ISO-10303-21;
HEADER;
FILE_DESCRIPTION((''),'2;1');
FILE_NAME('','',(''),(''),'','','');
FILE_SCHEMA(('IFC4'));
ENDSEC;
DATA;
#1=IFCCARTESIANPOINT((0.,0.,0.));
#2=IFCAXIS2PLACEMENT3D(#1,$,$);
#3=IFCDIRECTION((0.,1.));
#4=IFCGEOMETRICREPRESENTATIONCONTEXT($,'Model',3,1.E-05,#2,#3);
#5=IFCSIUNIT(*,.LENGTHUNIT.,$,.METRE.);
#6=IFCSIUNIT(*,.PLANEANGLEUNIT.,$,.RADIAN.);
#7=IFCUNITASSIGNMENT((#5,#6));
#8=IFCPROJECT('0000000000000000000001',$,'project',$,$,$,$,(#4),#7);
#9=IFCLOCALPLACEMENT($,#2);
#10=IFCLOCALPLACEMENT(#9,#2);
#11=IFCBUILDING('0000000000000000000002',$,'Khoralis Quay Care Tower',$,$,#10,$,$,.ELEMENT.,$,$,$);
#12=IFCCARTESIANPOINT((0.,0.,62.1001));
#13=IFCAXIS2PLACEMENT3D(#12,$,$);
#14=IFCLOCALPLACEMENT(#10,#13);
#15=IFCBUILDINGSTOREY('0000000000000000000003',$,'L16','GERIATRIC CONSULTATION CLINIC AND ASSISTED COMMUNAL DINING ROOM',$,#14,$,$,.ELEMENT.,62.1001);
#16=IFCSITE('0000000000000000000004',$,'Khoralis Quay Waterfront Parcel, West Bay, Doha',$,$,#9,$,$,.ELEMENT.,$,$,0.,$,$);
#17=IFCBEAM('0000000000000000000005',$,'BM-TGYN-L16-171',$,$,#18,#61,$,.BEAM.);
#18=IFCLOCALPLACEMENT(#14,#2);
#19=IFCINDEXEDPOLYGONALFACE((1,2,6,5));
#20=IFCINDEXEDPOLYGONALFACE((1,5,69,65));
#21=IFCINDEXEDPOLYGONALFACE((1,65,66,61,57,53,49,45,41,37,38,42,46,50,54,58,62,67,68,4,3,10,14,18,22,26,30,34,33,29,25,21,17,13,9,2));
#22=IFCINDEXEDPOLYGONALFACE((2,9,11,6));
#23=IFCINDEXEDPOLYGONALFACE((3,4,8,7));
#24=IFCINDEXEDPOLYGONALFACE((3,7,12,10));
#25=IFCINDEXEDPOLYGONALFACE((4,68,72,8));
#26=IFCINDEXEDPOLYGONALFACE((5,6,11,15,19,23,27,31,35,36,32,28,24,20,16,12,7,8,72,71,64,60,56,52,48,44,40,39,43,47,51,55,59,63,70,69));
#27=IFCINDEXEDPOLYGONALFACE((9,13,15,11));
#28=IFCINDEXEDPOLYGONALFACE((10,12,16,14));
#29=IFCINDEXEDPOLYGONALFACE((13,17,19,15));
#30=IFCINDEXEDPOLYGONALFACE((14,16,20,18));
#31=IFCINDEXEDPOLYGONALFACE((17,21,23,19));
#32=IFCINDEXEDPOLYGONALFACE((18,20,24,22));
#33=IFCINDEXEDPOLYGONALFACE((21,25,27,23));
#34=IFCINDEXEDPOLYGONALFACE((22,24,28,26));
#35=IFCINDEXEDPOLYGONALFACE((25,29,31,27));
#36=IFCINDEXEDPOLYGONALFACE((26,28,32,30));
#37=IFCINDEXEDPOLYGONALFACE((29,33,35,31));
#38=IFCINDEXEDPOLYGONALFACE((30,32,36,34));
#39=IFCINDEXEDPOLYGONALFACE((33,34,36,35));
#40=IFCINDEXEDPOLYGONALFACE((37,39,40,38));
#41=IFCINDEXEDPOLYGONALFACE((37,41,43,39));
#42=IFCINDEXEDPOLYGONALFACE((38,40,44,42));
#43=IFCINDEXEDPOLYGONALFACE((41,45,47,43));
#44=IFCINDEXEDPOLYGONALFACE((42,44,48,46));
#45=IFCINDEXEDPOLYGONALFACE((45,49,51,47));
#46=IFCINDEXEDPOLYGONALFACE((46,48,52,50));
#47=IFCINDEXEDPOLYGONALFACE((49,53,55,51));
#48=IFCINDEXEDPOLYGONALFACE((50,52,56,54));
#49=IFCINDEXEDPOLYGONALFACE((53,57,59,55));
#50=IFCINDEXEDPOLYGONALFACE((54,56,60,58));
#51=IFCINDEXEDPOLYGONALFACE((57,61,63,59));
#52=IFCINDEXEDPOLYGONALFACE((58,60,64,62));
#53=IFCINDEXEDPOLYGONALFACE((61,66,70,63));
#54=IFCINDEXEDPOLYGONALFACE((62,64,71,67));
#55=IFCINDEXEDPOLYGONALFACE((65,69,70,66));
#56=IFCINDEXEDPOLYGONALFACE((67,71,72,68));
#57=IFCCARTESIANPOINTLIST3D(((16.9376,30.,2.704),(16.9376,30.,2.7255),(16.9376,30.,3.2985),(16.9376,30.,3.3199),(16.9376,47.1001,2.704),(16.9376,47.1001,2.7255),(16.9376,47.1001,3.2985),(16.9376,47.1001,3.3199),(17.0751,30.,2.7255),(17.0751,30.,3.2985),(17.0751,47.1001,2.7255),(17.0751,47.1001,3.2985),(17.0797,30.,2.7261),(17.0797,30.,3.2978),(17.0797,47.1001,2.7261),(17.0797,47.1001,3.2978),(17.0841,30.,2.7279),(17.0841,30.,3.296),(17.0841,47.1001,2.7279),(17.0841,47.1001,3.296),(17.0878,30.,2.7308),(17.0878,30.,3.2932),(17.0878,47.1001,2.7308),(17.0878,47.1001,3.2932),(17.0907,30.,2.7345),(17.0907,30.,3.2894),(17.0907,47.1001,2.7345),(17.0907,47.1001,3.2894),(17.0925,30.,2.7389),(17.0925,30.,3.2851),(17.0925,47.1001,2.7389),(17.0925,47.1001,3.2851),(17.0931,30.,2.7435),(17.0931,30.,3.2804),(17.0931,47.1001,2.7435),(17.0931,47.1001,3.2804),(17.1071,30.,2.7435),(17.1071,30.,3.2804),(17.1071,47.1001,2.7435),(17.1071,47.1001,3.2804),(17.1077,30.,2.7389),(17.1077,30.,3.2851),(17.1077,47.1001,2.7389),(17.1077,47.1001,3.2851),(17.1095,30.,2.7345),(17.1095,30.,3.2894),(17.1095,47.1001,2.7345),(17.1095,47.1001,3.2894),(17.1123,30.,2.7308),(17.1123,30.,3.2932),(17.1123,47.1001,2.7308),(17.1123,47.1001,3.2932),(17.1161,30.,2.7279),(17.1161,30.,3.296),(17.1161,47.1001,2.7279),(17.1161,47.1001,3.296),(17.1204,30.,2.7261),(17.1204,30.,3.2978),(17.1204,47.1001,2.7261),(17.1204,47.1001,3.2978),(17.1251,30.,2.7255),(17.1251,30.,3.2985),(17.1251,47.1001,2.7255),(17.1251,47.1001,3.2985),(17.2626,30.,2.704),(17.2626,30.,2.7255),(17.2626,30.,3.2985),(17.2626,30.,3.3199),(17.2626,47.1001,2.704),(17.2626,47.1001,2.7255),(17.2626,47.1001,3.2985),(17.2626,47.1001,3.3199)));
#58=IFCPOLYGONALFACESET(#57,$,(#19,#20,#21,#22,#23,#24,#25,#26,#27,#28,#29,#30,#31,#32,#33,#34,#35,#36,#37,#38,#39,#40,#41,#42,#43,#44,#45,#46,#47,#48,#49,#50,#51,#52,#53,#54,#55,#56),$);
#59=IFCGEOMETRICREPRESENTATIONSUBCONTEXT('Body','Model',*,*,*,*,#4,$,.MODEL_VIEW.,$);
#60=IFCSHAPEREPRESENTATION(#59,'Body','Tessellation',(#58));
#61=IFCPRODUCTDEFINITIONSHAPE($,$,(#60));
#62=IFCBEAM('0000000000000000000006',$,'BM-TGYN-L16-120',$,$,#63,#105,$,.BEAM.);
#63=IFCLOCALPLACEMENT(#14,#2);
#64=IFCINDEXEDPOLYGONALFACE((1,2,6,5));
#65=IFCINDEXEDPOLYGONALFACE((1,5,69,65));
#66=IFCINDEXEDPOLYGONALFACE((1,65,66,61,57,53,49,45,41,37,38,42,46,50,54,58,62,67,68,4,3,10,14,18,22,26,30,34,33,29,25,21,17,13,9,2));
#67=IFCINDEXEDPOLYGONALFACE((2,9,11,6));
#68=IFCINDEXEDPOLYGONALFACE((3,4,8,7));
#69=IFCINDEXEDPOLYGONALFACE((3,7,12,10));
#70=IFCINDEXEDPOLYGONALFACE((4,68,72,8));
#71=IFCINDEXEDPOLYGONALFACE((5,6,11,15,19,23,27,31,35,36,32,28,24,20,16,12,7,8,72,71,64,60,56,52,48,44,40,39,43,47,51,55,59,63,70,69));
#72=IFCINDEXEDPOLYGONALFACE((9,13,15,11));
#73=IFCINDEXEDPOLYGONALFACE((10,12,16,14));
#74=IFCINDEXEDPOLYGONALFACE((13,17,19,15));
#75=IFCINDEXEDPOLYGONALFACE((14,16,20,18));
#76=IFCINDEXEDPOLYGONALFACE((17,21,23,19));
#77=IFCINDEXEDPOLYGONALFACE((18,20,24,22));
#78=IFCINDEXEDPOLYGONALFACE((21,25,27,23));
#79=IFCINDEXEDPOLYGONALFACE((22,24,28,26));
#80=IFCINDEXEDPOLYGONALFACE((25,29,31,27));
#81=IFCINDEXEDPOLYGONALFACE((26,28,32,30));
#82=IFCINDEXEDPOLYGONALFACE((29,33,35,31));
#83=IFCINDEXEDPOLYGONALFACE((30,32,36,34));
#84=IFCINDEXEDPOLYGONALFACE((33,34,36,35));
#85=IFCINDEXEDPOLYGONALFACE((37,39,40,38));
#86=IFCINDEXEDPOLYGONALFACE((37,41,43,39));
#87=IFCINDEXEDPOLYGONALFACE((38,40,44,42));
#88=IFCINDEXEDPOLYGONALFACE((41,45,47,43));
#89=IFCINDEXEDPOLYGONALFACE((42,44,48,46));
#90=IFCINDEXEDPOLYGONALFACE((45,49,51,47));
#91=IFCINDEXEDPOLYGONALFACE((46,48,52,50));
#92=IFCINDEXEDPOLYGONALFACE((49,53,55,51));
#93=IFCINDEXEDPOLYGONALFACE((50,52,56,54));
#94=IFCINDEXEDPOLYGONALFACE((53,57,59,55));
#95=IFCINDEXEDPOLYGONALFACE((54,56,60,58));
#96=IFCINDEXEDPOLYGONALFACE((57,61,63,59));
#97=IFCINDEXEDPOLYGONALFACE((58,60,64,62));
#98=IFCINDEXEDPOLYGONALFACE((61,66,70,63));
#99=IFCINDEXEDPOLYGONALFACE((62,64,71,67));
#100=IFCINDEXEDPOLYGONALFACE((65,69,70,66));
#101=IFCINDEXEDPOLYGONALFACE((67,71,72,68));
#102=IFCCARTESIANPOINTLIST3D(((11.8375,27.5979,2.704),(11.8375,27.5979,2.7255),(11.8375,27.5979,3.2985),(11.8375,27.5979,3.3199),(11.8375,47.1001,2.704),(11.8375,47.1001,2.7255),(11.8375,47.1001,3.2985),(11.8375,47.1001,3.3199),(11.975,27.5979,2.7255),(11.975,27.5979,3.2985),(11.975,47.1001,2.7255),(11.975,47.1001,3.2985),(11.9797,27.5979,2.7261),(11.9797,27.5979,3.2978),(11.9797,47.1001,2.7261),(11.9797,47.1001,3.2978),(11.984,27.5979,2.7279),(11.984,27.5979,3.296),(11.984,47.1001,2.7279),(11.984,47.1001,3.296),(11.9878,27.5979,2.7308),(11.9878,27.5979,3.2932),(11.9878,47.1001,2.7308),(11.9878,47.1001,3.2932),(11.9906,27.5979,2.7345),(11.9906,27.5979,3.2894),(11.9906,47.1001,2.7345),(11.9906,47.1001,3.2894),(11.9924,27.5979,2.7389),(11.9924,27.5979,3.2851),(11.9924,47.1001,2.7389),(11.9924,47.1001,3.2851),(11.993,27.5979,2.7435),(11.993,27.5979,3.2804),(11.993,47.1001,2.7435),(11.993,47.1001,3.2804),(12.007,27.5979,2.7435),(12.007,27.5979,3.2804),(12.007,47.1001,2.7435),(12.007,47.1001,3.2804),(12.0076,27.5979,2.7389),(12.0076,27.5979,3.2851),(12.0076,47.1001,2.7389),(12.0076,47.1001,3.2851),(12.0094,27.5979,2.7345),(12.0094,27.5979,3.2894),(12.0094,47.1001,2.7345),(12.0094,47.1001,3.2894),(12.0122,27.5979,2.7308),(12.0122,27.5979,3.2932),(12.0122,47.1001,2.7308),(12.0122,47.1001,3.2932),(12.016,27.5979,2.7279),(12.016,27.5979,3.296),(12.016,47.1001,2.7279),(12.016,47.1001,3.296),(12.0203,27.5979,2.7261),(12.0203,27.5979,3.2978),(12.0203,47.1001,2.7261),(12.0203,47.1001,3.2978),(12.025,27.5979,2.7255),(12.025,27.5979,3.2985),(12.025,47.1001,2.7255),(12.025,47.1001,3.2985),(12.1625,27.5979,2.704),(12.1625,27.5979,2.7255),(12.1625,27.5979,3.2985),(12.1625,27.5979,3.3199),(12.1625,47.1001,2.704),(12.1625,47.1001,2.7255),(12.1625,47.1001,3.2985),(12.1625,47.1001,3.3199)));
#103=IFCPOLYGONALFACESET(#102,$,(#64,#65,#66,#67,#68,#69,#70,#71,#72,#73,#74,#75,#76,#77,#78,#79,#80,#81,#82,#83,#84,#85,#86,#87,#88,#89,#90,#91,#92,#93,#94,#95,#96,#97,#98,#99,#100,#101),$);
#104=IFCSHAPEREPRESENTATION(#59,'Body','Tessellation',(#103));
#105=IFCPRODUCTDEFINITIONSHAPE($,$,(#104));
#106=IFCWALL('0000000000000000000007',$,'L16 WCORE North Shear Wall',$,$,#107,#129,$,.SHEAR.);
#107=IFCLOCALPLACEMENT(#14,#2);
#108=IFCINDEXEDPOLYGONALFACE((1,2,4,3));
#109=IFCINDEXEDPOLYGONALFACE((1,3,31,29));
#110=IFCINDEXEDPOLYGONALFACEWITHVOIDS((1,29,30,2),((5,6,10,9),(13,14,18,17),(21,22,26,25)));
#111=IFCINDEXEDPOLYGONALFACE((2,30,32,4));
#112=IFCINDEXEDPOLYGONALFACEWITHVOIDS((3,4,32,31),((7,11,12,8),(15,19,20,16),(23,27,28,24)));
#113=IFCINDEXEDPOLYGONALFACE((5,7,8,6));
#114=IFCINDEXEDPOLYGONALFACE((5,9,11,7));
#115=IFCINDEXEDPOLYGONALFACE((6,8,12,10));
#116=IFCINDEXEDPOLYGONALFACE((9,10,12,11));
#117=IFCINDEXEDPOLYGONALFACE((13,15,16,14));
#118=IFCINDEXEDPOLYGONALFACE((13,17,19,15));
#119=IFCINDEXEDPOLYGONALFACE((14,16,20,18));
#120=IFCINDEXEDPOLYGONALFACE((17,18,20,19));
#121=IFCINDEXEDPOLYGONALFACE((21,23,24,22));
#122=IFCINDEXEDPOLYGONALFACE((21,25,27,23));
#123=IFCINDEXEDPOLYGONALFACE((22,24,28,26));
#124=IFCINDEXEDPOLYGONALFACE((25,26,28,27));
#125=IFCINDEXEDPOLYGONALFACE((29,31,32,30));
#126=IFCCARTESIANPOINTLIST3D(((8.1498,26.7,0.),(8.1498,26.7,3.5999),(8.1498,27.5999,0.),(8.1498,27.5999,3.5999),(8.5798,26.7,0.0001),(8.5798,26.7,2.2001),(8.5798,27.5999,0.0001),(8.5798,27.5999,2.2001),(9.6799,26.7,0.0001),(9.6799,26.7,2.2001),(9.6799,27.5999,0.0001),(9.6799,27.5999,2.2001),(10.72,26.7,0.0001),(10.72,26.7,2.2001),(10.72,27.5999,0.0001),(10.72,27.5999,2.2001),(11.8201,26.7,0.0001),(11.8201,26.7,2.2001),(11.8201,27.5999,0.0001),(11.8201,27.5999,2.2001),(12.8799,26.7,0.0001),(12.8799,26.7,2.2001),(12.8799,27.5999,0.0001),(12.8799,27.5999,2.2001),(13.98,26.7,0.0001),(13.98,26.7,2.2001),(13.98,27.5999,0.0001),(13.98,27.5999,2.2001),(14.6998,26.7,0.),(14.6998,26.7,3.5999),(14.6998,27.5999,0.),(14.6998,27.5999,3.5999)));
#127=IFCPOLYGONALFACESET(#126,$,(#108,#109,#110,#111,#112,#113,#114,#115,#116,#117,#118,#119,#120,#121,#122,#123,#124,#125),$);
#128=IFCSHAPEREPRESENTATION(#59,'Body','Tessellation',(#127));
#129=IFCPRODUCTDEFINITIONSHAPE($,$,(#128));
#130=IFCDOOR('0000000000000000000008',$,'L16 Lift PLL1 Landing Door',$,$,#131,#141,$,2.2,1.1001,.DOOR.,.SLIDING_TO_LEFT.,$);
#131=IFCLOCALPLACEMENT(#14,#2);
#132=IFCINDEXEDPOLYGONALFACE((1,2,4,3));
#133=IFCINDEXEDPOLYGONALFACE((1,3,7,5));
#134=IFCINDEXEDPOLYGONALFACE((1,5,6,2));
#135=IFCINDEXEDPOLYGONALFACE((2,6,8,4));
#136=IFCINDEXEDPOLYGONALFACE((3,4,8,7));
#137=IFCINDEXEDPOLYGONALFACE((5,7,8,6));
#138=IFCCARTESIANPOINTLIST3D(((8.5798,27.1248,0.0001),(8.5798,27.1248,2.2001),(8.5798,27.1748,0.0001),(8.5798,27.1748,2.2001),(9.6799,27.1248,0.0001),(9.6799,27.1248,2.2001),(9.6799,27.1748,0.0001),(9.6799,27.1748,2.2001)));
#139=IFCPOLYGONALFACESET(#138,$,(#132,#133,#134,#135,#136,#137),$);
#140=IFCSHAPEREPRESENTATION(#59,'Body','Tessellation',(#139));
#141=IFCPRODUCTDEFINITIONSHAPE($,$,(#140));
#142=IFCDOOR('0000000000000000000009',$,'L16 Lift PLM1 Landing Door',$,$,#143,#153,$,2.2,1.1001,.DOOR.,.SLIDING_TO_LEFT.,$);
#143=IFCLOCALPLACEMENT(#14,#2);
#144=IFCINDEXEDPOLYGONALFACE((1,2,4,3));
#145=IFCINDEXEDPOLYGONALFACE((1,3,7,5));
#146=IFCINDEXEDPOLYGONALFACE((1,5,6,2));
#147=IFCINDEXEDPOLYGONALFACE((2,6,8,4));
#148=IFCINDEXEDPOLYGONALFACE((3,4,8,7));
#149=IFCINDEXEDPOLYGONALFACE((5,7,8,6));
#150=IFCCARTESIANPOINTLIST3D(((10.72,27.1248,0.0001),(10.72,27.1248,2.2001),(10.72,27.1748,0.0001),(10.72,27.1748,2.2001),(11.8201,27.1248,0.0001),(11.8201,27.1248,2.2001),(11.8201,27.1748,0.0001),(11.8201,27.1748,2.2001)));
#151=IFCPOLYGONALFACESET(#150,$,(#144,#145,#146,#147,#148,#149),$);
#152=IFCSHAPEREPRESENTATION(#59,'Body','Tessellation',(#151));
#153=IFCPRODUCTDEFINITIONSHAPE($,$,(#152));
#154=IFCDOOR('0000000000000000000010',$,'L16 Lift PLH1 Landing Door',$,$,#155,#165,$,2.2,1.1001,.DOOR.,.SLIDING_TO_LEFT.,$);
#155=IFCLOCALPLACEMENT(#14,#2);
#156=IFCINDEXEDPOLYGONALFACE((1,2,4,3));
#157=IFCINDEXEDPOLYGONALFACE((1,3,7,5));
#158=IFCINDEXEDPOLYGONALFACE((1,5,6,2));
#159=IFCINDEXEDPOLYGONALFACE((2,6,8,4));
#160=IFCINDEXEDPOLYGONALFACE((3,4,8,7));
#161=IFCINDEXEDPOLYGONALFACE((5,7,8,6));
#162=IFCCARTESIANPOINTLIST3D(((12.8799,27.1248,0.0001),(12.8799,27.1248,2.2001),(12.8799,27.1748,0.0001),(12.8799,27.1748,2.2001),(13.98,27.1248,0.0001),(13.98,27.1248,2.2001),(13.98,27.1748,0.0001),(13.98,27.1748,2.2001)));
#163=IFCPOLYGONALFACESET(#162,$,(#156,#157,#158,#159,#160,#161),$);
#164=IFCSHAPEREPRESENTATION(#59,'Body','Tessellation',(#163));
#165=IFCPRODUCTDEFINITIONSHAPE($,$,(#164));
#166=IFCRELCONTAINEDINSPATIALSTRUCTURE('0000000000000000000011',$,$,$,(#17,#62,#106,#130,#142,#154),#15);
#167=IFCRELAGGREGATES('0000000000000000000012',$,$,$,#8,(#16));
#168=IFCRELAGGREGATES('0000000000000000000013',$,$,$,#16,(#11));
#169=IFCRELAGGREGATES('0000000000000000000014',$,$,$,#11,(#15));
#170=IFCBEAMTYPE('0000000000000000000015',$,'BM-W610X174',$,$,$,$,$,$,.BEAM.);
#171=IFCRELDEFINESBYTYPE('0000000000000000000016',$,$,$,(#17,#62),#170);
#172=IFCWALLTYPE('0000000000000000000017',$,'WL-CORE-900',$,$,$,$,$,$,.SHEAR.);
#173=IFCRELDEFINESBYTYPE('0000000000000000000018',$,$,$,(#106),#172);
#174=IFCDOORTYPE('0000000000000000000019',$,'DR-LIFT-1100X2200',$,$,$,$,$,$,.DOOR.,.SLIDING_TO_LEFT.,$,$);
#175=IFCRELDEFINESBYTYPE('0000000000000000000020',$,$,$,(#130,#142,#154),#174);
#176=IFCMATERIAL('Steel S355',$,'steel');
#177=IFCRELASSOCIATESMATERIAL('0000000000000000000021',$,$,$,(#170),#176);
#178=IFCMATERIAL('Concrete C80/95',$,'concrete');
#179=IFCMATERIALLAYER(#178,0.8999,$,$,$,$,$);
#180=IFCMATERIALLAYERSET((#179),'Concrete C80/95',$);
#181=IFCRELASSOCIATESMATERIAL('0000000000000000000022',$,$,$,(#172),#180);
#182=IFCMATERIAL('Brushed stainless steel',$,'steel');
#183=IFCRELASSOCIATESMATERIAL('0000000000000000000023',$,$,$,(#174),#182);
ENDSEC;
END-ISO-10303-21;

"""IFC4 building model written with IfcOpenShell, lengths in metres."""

from ifc_helpers import new_model, si_unit, direction, frame, frame_2d, origin, origin_2d, place, context, subcontext, project, spatial, rectangle, i_section, extrude, source, transform, mapped, material, layer, layer_set, material_profile, profile_set, type_object, element, fill, save


model = new_model("IFC4")

# Units and contexts
model_context = context("Model", 3, precision=1e-05, world=origin(), true_north=direction((0.0, 1.0)))
body_context = subcontext(model_context, "Body", "Model", "MODEL_VIEW")
ifc_project = project(units=[si_unit("LENGTHUNIT", "METRE"), si_unit("PLANEANGLEUNIT", "RADIAN")], contexts=[model_context])

# Site, building, storey
site_placement = place(None, origin())
site = spatial("IfcSite", under=ifc_project, at=site_placement, Name="Khoralis Quay Waterfront Parcel, West Bay, Doha", CompositionType="ELEMENT", RefElevation=0.0)
building_placement = place(site_placement, origin())
building = spatial("IfcBuilding", under=site, at=building_placement, Name="Khoralis Quay Care Tower", CompositionType="ELEMENT")
storey_placement = place(building_placement, frame((0.0, 0.0, 62.1001)))
storey = spatial("IfcBuildingStorey", under=building, at=storey_placement, Name="L16", Description="GERIATRIC CONSULTATION CLINIC AND ASSISTED COMMUNAL DINING ROOM", CompositionType="ELEMENT", Elevation=62.1001)

# Shared definitions
ifc_material_1 = material(Name="Concrete C80/95", Category="concrete")

# Beams
ifc_material_2 = material(Name="Steel S355", Category="steel")
ifc_material_profile_1 = material_profile(ifc_material_2, i_section(OverallWidth=0.325, OverallDepth=0.616, WebThickness=0.0139, FlangeThickness=0.0215, FilletRadius=0.0181, at=origin_2d()), Name="Steel S355")
ifc_profile_set_1 = profile_set([ifc_material_profile_1], Name="Steel S355")
beam_type_1 = type_object("IfcBeamType", Name="BM-W610X174", PredefinedType="BEAM", material=ifc_profile_set_1)
shared_shape_1 = source(origin(), body_context, "Body", "SweptSolid", [
    extrude(i_section(OverallWidth=0.325, OverallDepth=0.616, WebThickness=0.0139, FlangeThickness=0.0215, FilletRadius=0.0181, at=origin_2d()), origin(), (0.0, 0.0, 1.0), 17.1001),
])
for number, where, z_axis, x_axis, name in (
    (1, (17.1001, 30.0, 3.012), (0.0, 1.0, 0.0), (-1.0, 0.0, 0.0), "BM-TGYN-L16-171"),
):
    element("IfcBeam", number, at=place(storey_placement, frame(where, z_axis=z_axis, x_axis=x_axis)), inside=storey, type_object=beam_type_1, Name=name, PredefinedType="BEAM", context=body_context, shape_type="MappedRepresentation", body=[
        mapped(shared_shape_1, transform((0.0, 0.0, 0.0), scale=1.0)),
    ])
shared_shape_2 = source(origin(), body_context, "Body", "SweptSolid", [
    extrude(i_section(OverallWidth=0.325, OverallDepth=0.616, WebThickness=0.0139, FlangeThickness=0.0215, FilletRadius=0.0181, at=origin_2d()), origin(), (0.0, 0.0, 1.0), 19.5022),
])
beam_1_placement = place(storey_placement, frame((12.0, 27.5979, 3.012), z_axis=(0.0, 1.0, 0.0), x_axis=(-1.0, 0.0, 0.0)))
element("IfcBeam", 2, at=beam_1_placement, inside=storey, type_object=beam_type_1, Name="BM-TGYN-L16-120", PredefinedType="BEAM", context=body_context, shape_type="MappedRepresentation", body=[
    mapped(shared_shape_2, transform((0.0, 0.0, 0.0), scale=1.0)),
])

# Wall, openings, doors
ifc_layer_1 = layer(ifc_material_1, 0.8999)
ifc_layer_set_1 = layer_set([ifc_layer_1], Name="Concrete C80/95")
wall_type_1 = type_object("IfcWallType", Name="WL-CORE-900", PredefinedType="SHEAR", material=ifc_layer_set_1)
wall_1_placement = place(storey_placement, frame((8.1499, 27.1499, 0.0), z_axis=(0.0, 0.0, 1.0), x_axis=(1.0, 0.0, 0.0)))
wall_1 = element("IfcWall", 3, at=wall_1_placement, inside=storey, type_object=wall_type_1, Name="L16 WCORE North Shear Wall", PredefinedType="SHEAR", context=body_context, shape_type="SweptSolid", body=[
    extrude(rectangle(XDim=6.55, YDim=0.8999, at=frame_2d((3.2749, 0.0))), origin(), (0.0, 0.0, 1.0), 3.5999),
])
opening_1_placement = place(wall_1_placement, frame((0.4299, 0.0, 0.0)))
opening_1 = element("IfcOpeningElement", 4, at=opening_1_placement, cuts=wall_1, PredefinedType="OPENING", context=body_context, shape_type="SweptSolid", body=[
    extrude(rectangle(XDim=1.1001, YDim=2.2, at=frame_2d((0.55, 1.1001))), frame((0.0, 0.46, 0.0), z_axis=(0.0, -1.0, 0.0), x_axis=(1.0, 0.0, 0.0)), (0.0, 0.0, 1.0), 0.9199),
])
opening_2_placement = place(wall_1_placement, frame((2.5701, 0.0, 0.0)))
opening_2 = element("IfcOpeningElement", 5, at=opening_2_placement, cuts=wall_1, PredefinedType="OPENING", context=body_context, shape_type="SweptSolid", body=[
    extrude(rectangle(XDim=1.1001, YDim=2.2, at=frame_2d((0.55, 1.1001))), frame((0.0, 0.46, 0.0), z_axis=(0.0, -1.0, 0.0), x_axis=(1.0, 0.0, 0.0)), (0.0, 0.0, 1.0), 0.9199),
])
opening_3_placement = place(wall_1_placement, frame((4.73, 0.0, 0.0)))
opening_3 = element("IfcOpeningElement", 6, at=opening_3_placement, cuts=wall_1, PredefinedType="OPENING", context=body_context, shape_type="SweptSolid", body=[
    extrude(rectangle(XDim=1.1001, YDim=2.2, at=frame_2d((0.55, 1.1001))), frame((0.0, 0.46, 0.0), z_axis=(0.0, -1.0, 0.0), x_axis=(1.0, 0.0, 0.0)), (0.0, 0.0, 1.0), 0.9199),
])
ifc_material_3 = material(Name="Brushed stainless steel", Category="steel")
door_type_1 = type_object("IfcDoorType", Name="DR-LIFT-1100X2200", OperationType="SLIDING_TO_LEFT", PredefinedType="DOOR", material=ifc_material_3)
shared_shape_3 = source(origin(), body_context, "Body", "SweptSolid", [
    extrude(rectangle(XDim=1.1001, YDim=2.2, at=frame_2d((0.55, 1.1001))), frame((0.0, 0.0249, 0.0), z_axis=(0.0, -1.0, 0.0), x_axis=(1.0, 0.0, 0.0)), (0.0, 0.0, 1.0), 0.05),
])
door_1_placement = place(opening_1_placement, origin())
door_1 = element("IfcDoor", 7, at=door_1_placement, inside=storey, type_object=door_type_1, Name="L16 Lift PLL1 Landing Door", OperationType="SLIDING_TO_LEFT", OverallHeight=2.2, OverallWidth=1.1001, PredefinedType="DOOR", context=body_context, shape_type="MappedRepresentation", body=[
    mapped(shared_shape_3, transform((0.0, 0.0, 0.0), scale=1.0)),
])
fill(opening_1, door_1)
door_2_placement = place(opening_2_placement, origin())
door_2 = element("IfcDoor", 8, at=door_2_placement, inside=storey, type_object=door_type_1, Name="L16 Lift PLM1 Landing Door", OperationType="SLIDING_TO_LEFT", OverallHeight=2.2, OverallWidth=1.1001, PredefinedType="DOOR", context=body_context, shape_type="MappedRepresentation", body=[
    mapped(shared_shape_3, transform((0.0, 0.0, 0.0), scale=1.0)),
])
fill(opening_2, door_2)
door_3_placement = place(opening_3_placement, origin())
door_3 = element("IfcDoor", 9, at=door_3_placement, inside=storey, type_object=door_type_1, Name="L16 Lift PLH1 Landing Door", OperationType="SLIDING_TO_LEFT", OverallHeight=2.2, OverallWidth=1.1001, PredefinedType="DOOR", context=body_context, shape_type="MappedRepresentation", body=[
    mapped(shared_shape_3, transform((0.0, 0.0, 0.0), scale=1.0)),
])
fill(opening_3, door_3)

save(model, "model.ifc")
